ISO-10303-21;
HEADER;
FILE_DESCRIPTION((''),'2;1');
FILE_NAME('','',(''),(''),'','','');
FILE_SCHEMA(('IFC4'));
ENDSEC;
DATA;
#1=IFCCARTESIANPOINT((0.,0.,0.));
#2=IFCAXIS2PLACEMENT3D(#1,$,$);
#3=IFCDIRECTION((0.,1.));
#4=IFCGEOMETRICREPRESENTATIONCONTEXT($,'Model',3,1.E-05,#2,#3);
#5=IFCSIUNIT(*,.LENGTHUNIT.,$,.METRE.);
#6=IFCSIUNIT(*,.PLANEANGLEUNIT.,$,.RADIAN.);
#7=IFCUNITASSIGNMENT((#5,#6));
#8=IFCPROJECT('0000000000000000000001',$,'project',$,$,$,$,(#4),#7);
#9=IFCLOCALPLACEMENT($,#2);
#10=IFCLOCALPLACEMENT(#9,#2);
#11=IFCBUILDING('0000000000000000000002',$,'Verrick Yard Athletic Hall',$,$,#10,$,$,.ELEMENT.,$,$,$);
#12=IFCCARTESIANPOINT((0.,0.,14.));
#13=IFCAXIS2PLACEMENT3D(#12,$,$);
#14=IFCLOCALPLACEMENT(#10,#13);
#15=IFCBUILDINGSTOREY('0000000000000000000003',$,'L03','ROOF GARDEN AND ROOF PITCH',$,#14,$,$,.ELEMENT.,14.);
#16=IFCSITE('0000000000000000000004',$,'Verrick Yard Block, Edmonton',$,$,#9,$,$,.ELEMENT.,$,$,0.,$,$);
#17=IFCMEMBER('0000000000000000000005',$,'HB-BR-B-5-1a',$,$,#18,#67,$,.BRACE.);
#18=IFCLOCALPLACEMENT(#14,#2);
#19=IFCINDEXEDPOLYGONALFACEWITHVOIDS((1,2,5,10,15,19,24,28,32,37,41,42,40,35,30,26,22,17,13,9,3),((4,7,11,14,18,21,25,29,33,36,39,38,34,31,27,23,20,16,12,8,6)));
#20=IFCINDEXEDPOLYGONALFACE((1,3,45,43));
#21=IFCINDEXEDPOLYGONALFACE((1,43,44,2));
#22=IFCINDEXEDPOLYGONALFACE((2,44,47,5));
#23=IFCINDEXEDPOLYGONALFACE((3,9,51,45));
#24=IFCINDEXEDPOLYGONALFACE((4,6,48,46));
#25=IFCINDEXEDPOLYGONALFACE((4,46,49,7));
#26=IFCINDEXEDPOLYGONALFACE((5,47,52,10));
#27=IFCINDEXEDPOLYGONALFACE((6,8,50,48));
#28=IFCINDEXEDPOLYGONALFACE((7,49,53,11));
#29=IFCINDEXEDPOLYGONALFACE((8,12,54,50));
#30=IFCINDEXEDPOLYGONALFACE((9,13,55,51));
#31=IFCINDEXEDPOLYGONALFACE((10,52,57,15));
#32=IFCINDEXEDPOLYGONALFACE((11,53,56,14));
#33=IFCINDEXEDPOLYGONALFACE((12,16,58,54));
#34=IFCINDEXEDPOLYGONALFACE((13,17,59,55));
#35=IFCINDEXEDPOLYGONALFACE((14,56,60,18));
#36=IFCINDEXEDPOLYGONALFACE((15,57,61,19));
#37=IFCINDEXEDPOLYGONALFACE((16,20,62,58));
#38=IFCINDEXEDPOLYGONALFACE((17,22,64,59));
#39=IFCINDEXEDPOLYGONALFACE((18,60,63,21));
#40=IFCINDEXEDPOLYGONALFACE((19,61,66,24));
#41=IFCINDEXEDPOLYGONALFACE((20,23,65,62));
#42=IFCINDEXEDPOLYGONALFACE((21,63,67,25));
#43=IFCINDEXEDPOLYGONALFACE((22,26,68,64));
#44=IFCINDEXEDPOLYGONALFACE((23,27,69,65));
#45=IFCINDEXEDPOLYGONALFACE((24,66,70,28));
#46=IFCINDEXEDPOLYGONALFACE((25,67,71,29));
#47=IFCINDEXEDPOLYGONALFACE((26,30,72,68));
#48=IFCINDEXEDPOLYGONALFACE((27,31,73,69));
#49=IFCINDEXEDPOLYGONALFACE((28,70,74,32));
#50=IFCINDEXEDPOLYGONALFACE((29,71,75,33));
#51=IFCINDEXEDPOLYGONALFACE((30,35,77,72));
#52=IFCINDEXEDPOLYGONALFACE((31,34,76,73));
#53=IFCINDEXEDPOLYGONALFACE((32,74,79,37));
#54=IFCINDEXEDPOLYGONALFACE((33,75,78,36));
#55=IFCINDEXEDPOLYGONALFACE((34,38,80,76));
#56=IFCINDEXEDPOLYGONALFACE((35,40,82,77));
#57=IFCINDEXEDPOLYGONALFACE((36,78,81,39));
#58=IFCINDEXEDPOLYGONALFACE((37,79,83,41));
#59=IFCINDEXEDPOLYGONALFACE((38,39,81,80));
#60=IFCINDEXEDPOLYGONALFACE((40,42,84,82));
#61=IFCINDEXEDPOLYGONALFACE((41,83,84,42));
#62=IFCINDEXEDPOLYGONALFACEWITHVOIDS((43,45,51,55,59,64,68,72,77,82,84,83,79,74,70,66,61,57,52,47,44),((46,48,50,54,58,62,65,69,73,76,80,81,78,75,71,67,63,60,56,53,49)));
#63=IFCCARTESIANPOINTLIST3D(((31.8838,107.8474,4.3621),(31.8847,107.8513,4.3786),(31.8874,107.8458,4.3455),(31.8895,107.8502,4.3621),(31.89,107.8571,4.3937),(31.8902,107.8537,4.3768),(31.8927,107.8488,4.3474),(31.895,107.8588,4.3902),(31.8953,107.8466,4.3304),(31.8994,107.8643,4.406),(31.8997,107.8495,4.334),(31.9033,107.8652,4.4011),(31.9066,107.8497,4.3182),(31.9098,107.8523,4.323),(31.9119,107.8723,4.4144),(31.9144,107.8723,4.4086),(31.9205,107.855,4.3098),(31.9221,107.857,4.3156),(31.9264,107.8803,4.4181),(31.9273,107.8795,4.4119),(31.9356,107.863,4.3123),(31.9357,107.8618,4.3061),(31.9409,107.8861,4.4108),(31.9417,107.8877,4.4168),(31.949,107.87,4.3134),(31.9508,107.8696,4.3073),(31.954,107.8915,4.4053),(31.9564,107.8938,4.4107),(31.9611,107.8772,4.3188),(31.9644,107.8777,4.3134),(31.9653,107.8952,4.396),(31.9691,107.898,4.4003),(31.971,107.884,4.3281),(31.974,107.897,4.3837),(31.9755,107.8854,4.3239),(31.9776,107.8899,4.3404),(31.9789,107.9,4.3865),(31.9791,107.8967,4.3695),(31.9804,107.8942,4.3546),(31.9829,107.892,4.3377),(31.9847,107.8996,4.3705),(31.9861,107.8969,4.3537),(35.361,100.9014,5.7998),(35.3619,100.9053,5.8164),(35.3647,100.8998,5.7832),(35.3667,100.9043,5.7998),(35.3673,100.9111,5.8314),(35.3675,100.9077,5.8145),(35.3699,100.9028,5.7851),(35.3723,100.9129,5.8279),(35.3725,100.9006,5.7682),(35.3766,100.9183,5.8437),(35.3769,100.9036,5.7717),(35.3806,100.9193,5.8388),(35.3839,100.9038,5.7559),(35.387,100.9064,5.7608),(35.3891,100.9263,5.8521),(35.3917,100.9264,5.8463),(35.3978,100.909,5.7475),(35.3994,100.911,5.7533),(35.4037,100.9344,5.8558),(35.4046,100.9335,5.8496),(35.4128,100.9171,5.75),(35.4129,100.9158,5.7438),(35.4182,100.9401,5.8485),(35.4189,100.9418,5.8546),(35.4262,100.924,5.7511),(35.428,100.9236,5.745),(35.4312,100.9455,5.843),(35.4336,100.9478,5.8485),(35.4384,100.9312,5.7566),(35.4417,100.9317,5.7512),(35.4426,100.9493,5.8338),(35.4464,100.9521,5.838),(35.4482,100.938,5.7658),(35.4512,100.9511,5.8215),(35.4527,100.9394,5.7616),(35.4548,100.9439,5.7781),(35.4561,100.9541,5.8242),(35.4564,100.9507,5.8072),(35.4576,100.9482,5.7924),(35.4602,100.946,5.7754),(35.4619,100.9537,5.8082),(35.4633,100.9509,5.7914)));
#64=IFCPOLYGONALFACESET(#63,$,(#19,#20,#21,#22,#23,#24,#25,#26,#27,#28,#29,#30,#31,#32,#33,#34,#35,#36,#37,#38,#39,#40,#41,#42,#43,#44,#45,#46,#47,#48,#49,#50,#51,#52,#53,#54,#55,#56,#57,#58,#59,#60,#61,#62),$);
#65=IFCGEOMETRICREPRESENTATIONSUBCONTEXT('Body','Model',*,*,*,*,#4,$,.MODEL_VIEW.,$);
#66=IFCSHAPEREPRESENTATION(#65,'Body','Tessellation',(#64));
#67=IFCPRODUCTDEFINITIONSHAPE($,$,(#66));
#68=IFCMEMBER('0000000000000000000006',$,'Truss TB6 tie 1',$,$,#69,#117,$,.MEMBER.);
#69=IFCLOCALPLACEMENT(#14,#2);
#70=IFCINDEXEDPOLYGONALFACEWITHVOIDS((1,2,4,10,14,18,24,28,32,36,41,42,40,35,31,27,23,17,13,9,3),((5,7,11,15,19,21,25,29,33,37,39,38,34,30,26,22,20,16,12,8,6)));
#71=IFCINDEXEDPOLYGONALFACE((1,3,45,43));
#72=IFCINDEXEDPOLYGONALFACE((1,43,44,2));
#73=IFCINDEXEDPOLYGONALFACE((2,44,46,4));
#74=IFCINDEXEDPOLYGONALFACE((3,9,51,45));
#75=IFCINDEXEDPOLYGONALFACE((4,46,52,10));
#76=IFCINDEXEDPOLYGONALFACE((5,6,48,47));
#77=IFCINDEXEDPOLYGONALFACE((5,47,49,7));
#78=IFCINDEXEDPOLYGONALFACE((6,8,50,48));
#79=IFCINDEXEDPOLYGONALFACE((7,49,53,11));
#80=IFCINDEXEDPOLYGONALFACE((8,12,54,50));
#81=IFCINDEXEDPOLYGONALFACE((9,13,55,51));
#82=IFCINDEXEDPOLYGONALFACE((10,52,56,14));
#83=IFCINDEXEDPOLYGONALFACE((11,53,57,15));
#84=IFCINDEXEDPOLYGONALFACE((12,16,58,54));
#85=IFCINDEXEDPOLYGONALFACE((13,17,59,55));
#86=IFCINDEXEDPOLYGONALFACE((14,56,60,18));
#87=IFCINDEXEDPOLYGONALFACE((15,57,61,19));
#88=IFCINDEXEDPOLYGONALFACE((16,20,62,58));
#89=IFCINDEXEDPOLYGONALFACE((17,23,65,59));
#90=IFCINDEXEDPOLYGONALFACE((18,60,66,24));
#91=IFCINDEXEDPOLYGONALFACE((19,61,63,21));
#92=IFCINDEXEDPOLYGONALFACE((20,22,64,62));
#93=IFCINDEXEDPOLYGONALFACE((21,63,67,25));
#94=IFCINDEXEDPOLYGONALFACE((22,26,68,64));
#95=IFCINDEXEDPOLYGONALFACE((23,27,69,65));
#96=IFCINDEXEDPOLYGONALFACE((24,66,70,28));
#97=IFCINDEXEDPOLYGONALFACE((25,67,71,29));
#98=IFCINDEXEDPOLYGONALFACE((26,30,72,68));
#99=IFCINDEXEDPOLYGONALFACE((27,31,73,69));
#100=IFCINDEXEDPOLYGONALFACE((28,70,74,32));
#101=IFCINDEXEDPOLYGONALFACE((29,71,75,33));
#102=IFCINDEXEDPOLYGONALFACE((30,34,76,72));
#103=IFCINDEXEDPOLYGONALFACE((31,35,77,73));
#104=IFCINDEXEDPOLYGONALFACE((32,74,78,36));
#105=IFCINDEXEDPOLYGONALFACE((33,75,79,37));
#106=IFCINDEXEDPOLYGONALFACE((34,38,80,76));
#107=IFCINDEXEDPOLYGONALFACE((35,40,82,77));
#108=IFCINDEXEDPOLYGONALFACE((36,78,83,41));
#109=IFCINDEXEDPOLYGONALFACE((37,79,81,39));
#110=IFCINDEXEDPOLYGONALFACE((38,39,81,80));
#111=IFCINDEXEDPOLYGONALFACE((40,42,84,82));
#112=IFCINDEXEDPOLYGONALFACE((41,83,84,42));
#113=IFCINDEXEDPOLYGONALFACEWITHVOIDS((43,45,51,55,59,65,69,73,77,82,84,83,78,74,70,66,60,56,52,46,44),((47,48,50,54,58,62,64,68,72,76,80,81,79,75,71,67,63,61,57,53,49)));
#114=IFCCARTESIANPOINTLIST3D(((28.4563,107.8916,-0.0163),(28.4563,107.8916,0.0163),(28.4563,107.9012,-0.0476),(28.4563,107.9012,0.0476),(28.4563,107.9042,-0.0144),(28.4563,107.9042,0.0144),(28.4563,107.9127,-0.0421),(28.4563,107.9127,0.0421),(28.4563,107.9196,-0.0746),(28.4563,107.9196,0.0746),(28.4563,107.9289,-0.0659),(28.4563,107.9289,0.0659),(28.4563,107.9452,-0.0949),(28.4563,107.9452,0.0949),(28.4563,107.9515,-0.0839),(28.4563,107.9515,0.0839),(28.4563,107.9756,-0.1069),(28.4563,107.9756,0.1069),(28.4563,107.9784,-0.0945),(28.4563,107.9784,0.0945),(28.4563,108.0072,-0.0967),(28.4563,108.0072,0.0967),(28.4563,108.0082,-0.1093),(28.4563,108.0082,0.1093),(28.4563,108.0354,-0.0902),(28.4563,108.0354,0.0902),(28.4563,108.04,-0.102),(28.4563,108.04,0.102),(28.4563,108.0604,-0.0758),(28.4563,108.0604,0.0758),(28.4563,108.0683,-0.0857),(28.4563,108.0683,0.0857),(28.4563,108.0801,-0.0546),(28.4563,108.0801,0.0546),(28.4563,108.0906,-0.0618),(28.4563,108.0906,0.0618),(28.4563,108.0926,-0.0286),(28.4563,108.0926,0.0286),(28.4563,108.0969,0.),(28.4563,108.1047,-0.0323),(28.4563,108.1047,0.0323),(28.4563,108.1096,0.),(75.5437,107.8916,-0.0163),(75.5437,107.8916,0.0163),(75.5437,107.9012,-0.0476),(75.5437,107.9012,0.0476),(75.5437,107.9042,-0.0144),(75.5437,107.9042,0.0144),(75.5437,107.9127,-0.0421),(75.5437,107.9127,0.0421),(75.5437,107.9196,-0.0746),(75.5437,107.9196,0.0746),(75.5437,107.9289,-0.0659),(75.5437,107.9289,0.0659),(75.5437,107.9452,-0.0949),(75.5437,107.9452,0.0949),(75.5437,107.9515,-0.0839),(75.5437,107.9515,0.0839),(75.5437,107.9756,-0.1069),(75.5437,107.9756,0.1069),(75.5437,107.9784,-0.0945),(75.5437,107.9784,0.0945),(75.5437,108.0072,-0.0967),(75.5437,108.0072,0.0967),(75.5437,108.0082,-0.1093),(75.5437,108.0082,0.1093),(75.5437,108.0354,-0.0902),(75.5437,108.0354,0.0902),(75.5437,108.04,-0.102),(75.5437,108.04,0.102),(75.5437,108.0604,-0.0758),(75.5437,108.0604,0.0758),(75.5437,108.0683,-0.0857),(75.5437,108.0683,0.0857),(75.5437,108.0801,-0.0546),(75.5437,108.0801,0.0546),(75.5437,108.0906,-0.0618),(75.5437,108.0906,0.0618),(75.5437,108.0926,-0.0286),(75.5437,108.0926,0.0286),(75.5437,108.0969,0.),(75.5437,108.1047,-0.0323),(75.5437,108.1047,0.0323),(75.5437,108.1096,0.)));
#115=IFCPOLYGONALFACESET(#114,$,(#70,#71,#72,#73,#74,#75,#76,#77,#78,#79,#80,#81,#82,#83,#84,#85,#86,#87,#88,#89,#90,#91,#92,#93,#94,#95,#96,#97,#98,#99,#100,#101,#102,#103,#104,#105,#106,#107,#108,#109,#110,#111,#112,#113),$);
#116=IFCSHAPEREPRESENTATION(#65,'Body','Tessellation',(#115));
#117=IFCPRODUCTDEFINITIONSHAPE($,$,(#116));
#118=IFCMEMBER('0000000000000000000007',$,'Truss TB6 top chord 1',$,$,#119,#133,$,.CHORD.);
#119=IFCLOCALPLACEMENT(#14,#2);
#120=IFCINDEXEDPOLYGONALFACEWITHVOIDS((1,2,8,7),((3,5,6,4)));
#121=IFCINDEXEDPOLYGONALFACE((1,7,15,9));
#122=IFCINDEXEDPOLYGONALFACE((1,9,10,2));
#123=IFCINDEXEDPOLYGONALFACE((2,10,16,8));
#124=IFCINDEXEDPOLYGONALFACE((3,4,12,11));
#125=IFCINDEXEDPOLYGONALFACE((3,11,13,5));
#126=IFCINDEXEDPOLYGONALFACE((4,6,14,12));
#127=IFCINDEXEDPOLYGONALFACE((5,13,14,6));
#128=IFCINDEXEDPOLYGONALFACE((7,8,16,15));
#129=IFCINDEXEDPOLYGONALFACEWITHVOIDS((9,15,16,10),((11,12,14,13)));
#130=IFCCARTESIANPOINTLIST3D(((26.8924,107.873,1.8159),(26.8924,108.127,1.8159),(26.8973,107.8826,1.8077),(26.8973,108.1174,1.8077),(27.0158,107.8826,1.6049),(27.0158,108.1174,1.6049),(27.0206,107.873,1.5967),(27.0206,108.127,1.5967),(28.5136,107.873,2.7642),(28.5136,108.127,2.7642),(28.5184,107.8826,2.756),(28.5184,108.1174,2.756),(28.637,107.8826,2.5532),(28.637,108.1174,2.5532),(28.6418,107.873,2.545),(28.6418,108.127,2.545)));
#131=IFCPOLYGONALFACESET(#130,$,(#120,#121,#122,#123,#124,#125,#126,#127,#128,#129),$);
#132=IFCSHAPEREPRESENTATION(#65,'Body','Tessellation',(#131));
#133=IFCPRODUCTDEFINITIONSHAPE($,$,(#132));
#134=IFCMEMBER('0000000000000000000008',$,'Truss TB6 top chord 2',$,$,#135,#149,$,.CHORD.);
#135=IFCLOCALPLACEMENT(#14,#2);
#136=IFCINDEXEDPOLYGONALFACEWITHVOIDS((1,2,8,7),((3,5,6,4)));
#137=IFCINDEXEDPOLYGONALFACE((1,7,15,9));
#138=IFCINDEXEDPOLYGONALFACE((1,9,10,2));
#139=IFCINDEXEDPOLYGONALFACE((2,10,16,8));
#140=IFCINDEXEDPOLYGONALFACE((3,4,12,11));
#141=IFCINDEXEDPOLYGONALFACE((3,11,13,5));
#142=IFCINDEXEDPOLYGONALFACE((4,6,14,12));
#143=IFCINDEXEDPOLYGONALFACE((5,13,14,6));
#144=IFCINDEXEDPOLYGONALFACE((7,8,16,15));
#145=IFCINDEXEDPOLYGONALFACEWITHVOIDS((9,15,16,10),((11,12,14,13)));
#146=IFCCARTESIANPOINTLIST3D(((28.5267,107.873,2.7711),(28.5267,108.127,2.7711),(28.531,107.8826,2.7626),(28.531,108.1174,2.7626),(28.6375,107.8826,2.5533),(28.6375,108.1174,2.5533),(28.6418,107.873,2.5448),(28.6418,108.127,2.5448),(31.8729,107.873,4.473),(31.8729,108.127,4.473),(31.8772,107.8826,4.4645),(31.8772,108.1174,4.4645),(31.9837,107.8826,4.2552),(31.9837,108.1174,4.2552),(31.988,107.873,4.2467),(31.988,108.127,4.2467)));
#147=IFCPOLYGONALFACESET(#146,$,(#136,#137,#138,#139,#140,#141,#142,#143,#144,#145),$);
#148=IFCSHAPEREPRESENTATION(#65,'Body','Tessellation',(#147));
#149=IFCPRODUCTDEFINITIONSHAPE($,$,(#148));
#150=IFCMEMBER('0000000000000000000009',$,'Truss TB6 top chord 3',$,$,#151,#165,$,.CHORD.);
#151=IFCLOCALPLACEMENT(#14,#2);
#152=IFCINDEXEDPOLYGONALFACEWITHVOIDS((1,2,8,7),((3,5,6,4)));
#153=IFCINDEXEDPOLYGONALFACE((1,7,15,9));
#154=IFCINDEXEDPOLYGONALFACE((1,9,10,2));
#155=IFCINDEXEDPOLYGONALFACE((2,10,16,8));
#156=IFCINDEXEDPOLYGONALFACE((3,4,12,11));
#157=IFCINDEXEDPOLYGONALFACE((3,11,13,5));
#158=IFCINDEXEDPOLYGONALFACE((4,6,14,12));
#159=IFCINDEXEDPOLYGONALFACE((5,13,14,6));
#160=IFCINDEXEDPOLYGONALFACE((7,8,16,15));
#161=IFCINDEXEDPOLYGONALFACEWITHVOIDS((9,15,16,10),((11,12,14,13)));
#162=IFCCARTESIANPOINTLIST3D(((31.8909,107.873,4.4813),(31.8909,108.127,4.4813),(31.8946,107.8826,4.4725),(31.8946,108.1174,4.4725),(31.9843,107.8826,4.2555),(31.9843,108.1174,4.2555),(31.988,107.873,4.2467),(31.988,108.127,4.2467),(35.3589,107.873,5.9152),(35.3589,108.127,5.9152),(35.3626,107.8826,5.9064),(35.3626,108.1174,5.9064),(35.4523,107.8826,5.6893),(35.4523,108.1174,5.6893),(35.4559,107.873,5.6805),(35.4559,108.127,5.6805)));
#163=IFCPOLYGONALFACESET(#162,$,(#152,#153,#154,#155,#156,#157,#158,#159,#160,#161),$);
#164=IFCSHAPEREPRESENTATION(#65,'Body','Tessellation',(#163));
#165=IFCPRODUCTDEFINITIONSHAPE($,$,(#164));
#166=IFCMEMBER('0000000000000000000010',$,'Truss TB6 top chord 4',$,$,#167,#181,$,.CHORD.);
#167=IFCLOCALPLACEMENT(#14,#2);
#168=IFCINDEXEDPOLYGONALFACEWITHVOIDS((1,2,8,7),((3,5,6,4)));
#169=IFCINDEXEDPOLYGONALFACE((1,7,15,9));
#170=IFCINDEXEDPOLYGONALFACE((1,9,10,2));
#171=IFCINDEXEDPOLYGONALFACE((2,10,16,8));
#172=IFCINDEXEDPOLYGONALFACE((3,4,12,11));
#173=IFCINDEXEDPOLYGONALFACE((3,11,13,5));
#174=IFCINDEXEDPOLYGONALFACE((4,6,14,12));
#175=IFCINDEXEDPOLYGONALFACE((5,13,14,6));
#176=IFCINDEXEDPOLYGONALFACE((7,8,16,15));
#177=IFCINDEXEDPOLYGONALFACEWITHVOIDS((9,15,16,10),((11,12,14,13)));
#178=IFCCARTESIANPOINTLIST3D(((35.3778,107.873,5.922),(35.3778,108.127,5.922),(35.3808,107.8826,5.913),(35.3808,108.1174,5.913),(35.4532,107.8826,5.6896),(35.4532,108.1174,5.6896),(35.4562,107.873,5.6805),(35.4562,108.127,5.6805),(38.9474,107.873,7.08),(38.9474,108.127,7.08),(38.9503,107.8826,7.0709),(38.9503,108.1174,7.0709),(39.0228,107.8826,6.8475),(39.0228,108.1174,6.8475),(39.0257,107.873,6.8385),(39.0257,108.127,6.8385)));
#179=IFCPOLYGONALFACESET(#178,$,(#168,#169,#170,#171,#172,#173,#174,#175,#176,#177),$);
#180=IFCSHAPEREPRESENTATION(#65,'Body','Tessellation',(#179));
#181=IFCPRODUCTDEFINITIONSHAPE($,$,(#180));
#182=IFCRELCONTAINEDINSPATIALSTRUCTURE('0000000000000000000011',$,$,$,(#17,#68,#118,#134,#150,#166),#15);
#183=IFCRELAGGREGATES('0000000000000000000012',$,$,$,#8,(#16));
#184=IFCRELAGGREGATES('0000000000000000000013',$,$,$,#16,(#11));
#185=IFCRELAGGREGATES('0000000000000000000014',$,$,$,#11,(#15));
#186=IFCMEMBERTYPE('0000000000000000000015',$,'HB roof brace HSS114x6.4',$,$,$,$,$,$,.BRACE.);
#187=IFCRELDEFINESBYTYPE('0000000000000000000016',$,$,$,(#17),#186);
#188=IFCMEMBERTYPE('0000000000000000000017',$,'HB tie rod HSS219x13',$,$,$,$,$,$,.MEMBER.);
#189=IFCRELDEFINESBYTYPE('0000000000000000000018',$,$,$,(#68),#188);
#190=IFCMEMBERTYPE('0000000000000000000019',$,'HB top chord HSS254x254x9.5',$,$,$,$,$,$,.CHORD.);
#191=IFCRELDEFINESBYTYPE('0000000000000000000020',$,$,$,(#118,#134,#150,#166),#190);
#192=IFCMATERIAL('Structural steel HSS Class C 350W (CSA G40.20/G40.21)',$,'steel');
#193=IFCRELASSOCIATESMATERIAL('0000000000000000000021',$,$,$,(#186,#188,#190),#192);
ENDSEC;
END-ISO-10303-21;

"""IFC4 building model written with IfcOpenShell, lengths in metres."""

from ifc_helpers import new_model, si_unit, direction, frame, origin, origin_2d, place, context, subcontext, project, spatial, hollow_rectangle, hollow_circle, extrude, material, material_profile, profile_set, type_object, element, save


model = new_model("IFC4")

# Units and contexts
model_context = context("Model", 3, precision=1e-05, world=origin(), true_north=direction((0.0, 1.0)))
body_context = subcontext(model_context, "Body", "Model", "MODEL_VIEW")
ifc_project = project(units=[si_unit("LENGTHUNIT", "METRE"), si_unit("PLANEANGLEUNIT", "RADIAN")], contexts=[model_context])

# Site, building, storey
site_placement = place(None, origin())
site = spatial("IfcSite", under=ifc_project, at=site_placement, Name="Verrick Yard Block, Edmonton", CompositionType="ELEMENT", RefElevation=0.0)
building_placement = place(site_placement, origin())
building = spatial("IfcBuilding", under=site, at=building_placement, Name="Verrick Yard Athletic Hall", CompositionType="ELEMENT")
storey_placement = place(building_placement, frame((0.0, 0.0, 14.0)))
storey = spatial("IfcBuildingStorey", under=building, at=storey_placement, Name="L03", Description="ROOF GARDEN AND ROOF PITCH", CompositionType="ELEMENT", Elevation=14.0)

# Members
ifc_material_1 = material(Name="Structural steel HSS Class C 350W (CSA G40.20/G40.21)", Category="steel")
ifc_material_profile_1 = material_profile(ifc_material_1, hollow_circle(Radius=0.0571, WallThickness=0.0063, at=origin_2d()), Name="HSS114x6.4")
ifc_profile_set_1 = profile_set([ifc_material_profile_1], Name="Structural steel HSS Class C 350W (CSA G40.20/G40.21)")
member_type_1 = type_object("IfcMemberType", Name="HB roof brace HSS114x6.4", PredefinedType="BRACE", material=ifc_profile_set_1)
member_1_placement = place(storey_placement, frame((35.4121, 100.927, 5.7998), z_axis=(-0.440177, 0.879273, -0.181998), x_axis=(-0.894207, -0.447654, 0.0)))
element("IfcMember", 1, at=member_1_placement, inside=storey, type_object=member_type_1, Name="HB-BR-B-5-1a", PredefinedType="BRACE", context=body_context, shape_type="SweptSolid", body=[
    extrude(hollow_circle(Radius=0.0571, WallThickness=0.0063, at=origin_2d()), origin(), (0.0, 0.0, 1.0), 7.8997),
])
ifc_material_profile_2 = material_profile(ifc_material_1, hollow_circle(Radius=0.1096, WallThickness=0.0127, at=origin_2d()), Name="HSS219x13")
ifc_profile_set_2 = profile_set([ifc_material_profile_2], Name="Structural steel HSS Class C 350W (CSA G40.20/G40.21)")
member_type_2 = type_object("IfcMemberType", Name="HB tie rod HSS219x13", PredefinedType="MEMBER", material=ifc_profile_set_2)
member_2_placement = place(storey_placement, frame((28.4563, 108.0, 0.0), z_axis=(1.0, 0.0, 0.0), x_axis=(0.0, 1.0, 0.0)))
element("IfcMember", 2, at=member_2_placement, inside=storey, type_object=member_type_2, Name="Truss TB6 tie 1", PredefinedType="MEMBER", context=body_context, shape_type="SweptSolid", body=[
    extrude(hollow_circle(Radius=0.1096, WallThickness=0.0127, at=origin_2d()), origin(), (0.0, 0.0, 1.0), 47.0874),
])
ifc_material_profile_3 = material_profile(ifc_material_1, hollow_rectangle(XDim=0.2539, YDim=0.2539, WallThickness=0.0095, at=origin_2d()), Name="HSS254x254x9.5")
ifc_profile_set_3 = profile_set([ifc_material_profile_3], Name="Structural steel HSS Class C 350W (CSA G40.20/G40.21)")
member_type_3 = type_object("IfcMemberType", Name="HB top chord HSS254x254x9.5", PredefinedType="CHORD", material=ifc_profile_set_3)
member_3_placement = place(storey_placement, frame((26.9565, 108.0, 1.7063), z_axis=(0.863175, 0.0, 0.504905), x_axis=(0.0, 1.0, 0.0)))
element("IfcMember", 3, at=member_3_placement, inside=storey, type_object=member_type_3, Name="Truss TB6 top chord 1", PredefinedType="CHORD", context=body_context, shape_type="SweptSolid", body=[
    extrude(hollow_rectangle(XDim=0.2539, YDim=0.2539, WallThickness=0.0095, at=origin_2d()), origin(), (0.0, 0.0, 1.0), 1.8782),
])
member_4_placement = place(storey_placement, frame((28.5842, 108.0, 2.658), z_axis=(0.891337, 0.0, 0.453342), x_axis=(0.0, 1.0, 0.0)))
element("IfcMember", 4, at=member_4_placement, inside=storey, type_object=member_type_3, Name="Truss TB6 top chord 2", PredefinedType="CHORD", context=body_context, shape_type="SweptSolid", body=[
    extrude(hollow_rectangle(XDim=0.2539, YDim=0.2539, WallThickness=0.0095, at=origin_2d()), origin(), (0.0, 0.0, 1.0), 3.7542),
])
for number, where, z_axis, x_axis, name in (
    (5, (31.9395, 108.0, 4.364), (0.92413, 0.0, 0.382078), (0.0, 1.0, 0.0), "Truss TB6 top chord 3"),
    (6, (35.417, 108.0, 5.8013), (0.951203, 0.0, 0.308567), (0.0, 1.0, 0.0), "Truss TB6 top chord 4"),
):
    element("IfcMember", number, at=place(storey_placement, frame(where, z_axis=z_axis, x_axis=x_axis)), inside=storey, type_object=member_type_3, Name=name, PredefinedType="CHORD", context=body_context, shape_type="SweptSolid", body=[
        extrude(hollow_rectangle(XDim=0.2539, YDim=0.2539, WallThickness=0.0095, at=origin_2d()), origin(), (0.0, 0.0, 1.0), 3.7527),
    ])

save(model, "model.ifc")
